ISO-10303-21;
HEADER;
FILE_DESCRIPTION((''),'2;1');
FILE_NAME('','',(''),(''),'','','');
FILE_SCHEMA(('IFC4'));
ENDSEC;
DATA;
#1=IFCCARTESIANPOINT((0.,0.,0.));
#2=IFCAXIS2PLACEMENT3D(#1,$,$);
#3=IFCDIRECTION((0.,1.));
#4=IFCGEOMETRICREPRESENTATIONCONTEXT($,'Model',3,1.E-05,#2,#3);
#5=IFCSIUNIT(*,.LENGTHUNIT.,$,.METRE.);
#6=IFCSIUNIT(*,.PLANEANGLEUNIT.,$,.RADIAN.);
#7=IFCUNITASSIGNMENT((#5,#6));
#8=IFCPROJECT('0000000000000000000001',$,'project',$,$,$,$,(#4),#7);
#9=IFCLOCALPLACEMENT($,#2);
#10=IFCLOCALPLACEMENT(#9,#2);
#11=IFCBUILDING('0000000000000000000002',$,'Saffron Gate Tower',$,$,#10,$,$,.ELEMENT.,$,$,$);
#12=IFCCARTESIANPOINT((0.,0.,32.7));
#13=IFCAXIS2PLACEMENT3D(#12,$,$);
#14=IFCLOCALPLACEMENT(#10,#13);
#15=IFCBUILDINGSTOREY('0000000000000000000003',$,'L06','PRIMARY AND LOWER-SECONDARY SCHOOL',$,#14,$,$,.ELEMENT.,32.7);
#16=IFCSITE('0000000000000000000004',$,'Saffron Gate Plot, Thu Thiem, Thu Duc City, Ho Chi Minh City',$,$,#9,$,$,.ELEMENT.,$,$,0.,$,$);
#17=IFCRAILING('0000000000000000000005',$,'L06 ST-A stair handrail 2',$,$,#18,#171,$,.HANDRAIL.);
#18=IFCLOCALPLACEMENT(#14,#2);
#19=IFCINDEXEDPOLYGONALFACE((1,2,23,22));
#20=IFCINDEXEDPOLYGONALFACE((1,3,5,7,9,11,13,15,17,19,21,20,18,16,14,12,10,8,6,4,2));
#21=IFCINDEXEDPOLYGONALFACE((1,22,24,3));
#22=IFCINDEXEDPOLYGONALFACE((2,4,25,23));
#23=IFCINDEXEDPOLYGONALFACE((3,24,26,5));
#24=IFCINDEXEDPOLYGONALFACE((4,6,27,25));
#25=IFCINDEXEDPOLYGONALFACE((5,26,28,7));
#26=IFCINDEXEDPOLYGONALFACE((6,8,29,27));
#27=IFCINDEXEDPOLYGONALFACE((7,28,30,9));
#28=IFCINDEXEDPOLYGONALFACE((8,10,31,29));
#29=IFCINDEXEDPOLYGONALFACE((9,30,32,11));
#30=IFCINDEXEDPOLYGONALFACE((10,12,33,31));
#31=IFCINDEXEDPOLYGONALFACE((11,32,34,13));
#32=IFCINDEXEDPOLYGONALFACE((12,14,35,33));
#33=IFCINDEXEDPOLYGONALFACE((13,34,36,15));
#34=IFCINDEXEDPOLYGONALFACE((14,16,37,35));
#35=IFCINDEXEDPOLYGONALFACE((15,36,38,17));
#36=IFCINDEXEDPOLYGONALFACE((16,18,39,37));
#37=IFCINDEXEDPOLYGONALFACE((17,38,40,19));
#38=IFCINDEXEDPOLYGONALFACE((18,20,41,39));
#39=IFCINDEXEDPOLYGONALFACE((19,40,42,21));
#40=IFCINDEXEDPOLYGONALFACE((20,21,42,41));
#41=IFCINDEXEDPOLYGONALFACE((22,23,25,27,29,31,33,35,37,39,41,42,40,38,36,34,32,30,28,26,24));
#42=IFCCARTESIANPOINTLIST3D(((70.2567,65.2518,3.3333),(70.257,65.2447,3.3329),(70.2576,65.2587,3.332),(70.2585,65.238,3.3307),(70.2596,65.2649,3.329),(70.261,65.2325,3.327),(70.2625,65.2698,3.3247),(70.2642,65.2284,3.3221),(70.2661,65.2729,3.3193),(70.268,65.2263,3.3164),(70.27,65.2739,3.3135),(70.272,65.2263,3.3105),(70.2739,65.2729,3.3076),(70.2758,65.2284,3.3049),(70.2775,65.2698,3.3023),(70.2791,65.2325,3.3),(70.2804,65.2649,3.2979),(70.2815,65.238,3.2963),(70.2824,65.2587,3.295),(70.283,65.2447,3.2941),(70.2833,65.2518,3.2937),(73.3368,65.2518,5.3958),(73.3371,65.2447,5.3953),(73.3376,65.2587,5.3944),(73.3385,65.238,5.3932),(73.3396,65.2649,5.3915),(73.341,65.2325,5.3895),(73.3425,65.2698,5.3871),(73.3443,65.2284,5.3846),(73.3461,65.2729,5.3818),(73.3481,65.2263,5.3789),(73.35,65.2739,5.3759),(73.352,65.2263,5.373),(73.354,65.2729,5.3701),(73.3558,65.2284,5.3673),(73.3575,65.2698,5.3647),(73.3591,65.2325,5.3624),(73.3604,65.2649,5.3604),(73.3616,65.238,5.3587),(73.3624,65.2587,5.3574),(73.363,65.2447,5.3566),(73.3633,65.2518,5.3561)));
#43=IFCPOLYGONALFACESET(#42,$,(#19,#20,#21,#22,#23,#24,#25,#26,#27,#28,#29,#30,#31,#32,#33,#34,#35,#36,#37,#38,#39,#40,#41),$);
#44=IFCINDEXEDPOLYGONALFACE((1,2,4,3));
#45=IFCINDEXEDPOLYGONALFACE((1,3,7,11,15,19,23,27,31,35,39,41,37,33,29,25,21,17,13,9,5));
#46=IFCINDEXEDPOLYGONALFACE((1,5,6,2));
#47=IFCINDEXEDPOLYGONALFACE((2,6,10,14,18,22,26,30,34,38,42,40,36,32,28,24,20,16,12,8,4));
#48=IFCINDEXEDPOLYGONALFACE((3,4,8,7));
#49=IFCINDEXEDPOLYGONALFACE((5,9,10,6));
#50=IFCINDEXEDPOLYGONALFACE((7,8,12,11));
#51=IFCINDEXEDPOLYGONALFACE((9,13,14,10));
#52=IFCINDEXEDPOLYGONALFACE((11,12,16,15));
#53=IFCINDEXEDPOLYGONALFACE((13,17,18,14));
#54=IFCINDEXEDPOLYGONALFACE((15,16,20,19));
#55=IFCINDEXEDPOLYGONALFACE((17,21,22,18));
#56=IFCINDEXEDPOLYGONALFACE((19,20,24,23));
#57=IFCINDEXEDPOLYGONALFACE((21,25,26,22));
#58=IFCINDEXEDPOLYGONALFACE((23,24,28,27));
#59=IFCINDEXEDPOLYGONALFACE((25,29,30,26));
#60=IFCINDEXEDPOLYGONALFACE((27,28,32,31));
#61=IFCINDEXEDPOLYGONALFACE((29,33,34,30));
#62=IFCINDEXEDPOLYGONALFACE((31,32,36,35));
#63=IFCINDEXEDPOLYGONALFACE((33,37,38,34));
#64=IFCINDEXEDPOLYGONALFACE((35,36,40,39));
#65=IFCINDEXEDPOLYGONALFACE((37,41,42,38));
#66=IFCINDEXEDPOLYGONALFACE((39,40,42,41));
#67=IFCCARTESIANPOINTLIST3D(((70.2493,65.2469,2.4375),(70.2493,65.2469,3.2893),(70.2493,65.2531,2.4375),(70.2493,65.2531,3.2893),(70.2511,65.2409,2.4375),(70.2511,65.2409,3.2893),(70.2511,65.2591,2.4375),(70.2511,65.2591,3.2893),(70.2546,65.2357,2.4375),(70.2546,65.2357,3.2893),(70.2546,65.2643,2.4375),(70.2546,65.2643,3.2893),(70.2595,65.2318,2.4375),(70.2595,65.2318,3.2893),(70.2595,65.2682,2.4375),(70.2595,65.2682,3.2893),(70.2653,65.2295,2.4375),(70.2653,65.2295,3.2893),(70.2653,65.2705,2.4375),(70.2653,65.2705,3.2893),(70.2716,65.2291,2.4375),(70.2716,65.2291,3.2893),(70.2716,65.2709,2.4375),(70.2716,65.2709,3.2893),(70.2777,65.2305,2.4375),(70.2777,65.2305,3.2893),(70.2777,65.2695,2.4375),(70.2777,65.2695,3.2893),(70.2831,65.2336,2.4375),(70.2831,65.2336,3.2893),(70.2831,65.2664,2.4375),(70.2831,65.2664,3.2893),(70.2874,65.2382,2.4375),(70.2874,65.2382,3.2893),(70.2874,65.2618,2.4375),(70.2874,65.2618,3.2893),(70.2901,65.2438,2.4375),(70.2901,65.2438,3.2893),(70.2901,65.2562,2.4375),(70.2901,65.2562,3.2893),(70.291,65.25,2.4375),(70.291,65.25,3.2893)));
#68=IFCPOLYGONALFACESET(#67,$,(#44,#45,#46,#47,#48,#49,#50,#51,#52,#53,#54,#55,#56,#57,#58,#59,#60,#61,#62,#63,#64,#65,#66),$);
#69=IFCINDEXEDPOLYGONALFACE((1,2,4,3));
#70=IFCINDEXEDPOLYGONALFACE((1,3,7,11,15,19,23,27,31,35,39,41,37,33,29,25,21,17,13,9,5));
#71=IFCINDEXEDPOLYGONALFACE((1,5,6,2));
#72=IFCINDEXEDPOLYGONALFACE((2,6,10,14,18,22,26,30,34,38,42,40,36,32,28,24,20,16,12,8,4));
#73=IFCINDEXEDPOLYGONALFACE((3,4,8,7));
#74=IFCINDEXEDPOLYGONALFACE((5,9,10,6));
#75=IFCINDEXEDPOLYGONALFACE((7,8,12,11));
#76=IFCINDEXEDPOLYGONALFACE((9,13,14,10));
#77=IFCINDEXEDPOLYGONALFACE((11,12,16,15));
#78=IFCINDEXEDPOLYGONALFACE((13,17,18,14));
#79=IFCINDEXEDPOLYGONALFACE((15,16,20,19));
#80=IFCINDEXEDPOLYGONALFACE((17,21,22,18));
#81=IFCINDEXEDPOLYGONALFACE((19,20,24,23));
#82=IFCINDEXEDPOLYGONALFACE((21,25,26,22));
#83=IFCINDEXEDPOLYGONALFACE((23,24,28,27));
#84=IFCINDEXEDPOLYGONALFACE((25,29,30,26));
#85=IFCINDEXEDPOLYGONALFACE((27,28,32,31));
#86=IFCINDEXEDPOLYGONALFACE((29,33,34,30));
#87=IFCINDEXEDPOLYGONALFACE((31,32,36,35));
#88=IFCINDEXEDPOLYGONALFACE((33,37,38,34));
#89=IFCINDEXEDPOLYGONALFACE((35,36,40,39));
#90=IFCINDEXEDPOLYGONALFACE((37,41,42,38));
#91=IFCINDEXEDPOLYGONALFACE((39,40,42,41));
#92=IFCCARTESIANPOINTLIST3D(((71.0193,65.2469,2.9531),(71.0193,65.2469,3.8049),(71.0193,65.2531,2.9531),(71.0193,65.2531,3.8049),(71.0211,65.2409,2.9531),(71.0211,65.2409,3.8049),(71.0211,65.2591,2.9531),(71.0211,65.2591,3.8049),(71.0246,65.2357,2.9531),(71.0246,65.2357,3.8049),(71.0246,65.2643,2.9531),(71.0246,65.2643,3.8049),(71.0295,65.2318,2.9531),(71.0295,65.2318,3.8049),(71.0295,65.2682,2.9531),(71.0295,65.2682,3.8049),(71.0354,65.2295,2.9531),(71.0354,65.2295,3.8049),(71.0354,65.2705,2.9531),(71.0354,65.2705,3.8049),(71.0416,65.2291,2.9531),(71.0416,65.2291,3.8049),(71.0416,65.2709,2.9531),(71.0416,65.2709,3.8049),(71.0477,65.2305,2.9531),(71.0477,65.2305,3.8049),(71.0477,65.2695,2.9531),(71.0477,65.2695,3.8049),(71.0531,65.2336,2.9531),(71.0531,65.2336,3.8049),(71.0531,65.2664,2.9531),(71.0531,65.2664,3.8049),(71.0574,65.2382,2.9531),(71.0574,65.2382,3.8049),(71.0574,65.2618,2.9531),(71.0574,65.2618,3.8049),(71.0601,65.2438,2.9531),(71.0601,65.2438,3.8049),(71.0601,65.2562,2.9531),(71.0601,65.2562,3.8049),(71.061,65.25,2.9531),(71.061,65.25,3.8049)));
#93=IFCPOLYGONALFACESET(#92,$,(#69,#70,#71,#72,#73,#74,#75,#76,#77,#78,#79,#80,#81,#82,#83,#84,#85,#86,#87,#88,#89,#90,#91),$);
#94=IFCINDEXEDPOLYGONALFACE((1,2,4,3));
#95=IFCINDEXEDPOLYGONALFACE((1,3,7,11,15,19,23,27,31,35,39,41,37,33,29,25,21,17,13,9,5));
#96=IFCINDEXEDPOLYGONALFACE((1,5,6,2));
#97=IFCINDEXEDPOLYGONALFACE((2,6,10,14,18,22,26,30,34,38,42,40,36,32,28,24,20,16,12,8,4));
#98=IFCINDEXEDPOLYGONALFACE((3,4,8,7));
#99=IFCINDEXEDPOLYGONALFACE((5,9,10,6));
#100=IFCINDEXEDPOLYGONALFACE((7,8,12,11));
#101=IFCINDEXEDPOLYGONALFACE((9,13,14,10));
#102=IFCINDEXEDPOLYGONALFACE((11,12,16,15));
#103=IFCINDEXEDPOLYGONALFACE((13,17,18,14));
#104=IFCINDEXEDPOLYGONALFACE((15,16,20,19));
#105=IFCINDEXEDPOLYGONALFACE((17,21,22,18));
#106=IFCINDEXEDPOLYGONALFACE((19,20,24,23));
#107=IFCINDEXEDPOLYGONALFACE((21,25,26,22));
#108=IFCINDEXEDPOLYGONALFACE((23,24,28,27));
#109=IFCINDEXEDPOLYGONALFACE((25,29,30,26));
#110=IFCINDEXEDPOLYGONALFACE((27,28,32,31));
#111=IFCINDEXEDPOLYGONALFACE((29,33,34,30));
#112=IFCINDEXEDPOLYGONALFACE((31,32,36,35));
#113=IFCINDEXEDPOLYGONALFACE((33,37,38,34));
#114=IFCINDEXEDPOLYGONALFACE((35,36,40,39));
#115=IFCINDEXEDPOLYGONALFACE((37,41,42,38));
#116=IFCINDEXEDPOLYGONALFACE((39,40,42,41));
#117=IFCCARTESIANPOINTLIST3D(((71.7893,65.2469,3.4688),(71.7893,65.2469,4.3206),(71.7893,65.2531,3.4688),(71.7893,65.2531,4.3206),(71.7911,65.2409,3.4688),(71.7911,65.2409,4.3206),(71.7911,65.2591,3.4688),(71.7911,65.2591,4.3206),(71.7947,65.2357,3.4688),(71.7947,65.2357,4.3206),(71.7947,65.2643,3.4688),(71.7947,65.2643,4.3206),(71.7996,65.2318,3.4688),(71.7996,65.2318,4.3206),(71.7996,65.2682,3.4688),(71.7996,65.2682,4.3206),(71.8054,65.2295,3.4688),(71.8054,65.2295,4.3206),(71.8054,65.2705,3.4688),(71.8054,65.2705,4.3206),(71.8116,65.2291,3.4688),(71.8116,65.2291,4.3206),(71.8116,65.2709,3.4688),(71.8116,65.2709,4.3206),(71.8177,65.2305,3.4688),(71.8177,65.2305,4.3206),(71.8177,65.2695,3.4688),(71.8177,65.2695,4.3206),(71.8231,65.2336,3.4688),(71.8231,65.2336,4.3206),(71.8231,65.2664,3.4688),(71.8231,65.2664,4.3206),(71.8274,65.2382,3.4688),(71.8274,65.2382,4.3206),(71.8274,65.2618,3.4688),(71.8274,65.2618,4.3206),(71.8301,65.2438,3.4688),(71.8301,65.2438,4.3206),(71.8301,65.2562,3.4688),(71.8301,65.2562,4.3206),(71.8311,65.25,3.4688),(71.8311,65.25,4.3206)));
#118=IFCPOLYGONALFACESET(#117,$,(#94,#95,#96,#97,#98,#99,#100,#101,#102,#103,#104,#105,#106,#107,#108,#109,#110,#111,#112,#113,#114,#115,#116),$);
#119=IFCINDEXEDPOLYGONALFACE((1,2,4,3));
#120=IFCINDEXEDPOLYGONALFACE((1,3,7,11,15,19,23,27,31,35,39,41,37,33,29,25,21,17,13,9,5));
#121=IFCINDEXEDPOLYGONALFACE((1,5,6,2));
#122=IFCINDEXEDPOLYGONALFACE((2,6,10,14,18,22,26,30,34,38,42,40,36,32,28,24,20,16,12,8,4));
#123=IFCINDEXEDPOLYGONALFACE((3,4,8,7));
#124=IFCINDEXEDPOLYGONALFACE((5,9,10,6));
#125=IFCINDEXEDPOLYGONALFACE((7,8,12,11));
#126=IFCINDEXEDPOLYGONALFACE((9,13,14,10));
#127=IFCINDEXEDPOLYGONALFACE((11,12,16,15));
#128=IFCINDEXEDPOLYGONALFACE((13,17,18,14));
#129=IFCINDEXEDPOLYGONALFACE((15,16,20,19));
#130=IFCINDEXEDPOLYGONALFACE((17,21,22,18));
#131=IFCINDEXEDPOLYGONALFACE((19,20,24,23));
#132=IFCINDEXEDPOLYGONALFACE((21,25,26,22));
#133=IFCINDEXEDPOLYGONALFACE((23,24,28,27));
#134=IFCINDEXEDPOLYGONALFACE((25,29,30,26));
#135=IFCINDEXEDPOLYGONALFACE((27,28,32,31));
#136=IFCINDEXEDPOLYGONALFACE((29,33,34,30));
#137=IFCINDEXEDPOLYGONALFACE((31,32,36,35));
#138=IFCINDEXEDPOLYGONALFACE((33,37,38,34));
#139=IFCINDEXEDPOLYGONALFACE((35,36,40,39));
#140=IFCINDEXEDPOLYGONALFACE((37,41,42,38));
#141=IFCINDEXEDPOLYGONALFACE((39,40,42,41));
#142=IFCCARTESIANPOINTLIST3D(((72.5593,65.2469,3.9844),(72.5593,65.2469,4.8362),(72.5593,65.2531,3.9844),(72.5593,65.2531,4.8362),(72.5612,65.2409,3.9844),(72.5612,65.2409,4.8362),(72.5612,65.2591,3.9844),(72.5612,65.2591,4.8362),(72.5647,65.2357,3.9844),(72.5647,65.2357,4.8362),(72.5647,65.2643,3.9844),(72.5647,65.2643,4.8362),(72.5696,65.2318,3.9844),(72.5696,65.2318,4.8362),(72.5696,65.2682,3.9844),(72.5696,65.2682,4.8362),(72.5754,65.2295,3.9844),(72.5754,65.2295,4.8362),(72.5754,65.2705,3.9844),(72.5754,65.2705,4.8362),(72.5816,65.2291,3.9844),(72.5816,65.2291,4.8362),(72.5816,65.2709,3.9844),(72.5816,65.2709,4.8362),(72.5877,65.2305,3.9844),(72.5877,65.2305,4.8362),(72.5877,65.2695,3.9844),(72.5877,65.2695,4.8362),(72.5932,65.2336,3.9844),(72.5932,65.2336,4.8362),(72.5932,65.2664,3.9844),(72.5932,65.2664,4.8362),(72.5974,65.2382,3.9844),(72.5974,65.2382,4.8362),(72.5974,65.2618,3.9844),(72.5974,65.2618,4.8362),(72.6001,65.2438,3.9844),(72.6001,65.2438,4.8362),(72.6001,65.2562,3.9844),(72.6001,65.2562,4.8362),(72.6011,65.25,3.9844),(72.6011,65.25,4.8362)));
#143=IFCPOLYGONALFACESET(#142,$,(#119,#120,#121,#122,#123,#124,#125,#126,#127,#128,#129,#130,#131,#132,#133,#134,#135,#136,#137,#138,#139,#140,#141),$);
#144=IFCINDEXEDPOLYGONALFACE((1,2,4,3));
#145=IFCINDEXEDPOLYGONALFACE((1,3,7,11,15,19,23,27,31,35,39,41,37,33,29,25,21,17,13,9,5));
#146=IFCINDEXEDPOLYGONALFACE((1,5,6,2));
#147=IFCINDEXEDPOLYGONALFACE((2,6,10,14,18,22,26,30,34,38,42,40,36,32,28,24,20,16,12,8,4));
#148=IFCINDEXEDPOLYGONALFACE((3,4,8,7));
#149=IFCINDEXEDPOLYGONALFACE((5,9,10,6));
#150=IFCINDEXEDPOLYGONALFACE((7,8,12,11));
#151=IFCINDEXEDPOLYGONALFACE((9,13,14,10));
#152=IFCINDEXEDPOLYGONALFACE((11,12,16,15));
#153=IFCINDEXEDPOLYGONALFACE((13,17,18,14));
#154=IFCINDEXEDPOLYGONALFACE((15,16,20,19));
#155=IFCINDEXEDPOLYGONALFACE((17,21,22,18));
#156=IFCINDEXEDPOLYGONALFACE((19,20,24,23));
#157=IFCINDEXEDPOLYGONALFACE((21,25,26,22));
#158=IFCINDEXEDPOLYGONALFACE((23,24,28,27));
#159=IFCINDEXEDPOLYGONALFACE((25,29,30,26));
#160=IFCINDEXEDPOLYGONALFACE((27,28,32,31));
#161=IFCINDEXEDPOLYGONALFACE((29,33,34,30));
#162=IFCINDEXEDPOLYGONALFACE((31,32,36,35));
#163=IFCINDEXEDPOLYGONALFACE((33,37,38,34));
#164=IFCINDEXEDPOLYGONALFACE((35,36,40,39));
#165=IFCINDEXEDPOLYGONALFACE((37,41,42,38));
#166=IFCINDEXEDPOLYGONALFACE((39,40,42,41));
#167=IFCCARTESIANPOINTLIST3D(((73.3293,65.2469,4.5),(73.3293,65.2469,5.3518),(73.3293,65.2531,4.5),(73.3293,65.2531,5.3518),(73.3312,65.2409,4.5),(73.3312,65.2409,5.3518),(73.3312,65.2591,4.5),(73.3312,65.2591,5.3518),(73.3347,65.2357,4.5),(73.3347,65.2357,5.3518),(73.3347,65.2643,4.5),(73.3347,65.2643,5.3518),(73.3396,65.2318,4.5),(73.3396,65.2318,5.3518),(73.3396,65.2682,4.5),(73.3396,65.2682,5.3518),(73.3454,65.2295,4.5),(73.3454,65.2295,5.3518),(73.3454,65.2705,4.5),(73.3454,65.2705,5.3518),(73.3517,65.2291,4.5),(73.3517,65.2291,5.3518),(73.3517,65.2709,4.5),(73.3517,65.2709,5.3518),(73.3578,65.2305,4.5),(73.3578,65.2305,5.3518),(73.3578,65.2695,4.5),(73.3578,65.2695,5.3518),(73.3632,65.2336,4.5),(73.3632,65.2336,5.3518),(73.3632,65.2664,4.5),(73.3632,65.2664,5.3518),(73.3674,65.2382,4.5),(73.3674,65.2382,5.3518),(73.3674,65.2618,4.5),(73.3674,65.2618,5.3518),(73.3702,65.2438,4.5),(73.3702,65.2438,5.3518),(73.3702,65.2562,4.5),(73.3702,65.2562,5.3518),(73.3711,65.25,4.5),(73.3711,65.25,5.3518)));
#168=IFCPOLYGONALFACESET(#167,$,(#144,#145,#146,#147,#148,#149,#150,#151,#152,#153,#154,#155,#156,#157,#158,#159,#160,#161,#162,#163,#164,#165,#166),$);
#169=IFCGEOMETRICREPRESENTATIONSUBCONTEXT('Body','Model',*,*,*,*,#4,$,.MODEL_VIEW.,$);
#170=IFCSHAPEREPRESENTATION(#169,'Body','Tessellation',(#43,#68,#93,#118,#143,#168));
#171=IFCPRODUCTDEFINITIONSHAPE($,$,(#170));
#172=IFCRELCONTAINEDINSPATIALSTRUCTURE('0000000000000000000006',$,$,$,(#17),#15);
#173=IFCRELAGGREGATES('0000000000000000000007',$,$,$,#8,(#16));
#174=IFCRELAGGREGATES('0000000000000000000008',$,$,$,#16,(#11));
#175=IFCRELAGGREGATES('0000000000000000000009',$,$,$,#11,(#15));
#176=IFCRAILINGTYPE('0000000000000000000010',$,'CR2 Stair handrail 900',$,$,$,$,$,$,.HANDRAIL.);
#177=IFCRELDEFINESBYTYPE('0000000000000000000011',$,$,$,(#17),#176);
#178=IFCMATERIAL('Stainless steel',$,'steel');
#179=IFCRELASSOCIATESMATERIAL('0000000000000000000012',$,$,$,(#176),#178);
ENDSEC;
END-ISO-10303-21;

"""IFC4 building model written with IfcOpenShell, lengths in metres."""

from ifc_helpers import new_model, si_unit, direction, frame, origin, origin_2d, place, context, subcontext, project, spatial, circle, extrude, material, type_object, element, save


model = new_model("IFC4")

# Units and contexts
model_context = context("Model", 3, precision=1e-05, world=origin(), true_north=direction((0.0, 1.0)))
body_context = subcontext(model_context, "Body", "Model", "MODEL_VIEW")
ifc_project = project(units=[si_unit("LENGTHUNIT", "METRE"), si_unit("PLANEANGLEUNIT", "RADIAN")], contexts=[model_context])

# Site, building, storey
site_placement = place(None, origin())
site = spatial("IfcSite", under=ifc_project, at=site_placement, Name="Saffron Gate Plot, Thu Thiem, Thu Duc City, Ho Chi Minh City", CompositionType="ELEMENT", RefElevation=0.0)
building_placement = place(site_placement, origin())
building = spatial("IfcBuilding", under=site, at=building_placement, Name="Saffron Gate Tower", CompositionType="ELEMENT")
storey_placement = place(building_placement, frame((0.0, 0.0, 32.7)))
storey = spatial("IfcBuildingStorey", under=building, at=storey_placement, Name="L06", Description="PRIMARY AND LOWER-SECONDARY SCHOOL", CompositionType="ELEMENT", Elevation=32.7)

# Railing
ifc_material_1 = material(Name="Stainless steel", Category="steel")
railing_type_1 = type_object("IfcRailingType", Name="CR2 Stair handrail 900", PredefinedType="HANDRAIL", material=ifc_material_1)
railing_1_placement = place(storey_placement, frame((70.27, 65.25, 2.4375)))
element("IfcRailing", 1, at=railing_1_placement, inside=storey, type_object=railing_type_1, Name="L06 ST-A stair handrail 2", PredefinedType="HANDRAIL", context=body_context, shape_type="SweptSolid", body=[
    extrude(circle(Radius=0.0239, at=origin_2d()), frame((0.0, 0.0, 0.876), z_axis=(0.830914, 0.0, 0.556401), x_axis=(0.0, 1.0, 0.0)), (0.0, 0.0, 1.0), 3.7068),
    extrude(circle(Radius=0.021, at=origin_2d()), origin(), (0.0, 0.0, 1.0), 0.8518),
    extrude(circle(Radius=0.021, at=origin_2d()), frame((0.77, 0.0, 0.5156)), (0.0, 0.0, 1.0), 0.8518),
    extrude(circle(Radius=0.021, at=origin_2d()), frame((1.54, 0.0, 1.0312)), (0.0, 0.0, 1.0), 0.8518),
    extrude(circle(Radius=0.021, at=origin_2d()), frame((2.3101, 0.0, 1.5469)), (0.0, 0.0, 1.0), 0.8518),
    extrude(circle(Radius=0.021, at=origin_2d()), frame((3.0801, 0.0, 2.0625)), (0.0, 0.0, 1.0), 0.8518),
])

save(model, "model.ifc")
